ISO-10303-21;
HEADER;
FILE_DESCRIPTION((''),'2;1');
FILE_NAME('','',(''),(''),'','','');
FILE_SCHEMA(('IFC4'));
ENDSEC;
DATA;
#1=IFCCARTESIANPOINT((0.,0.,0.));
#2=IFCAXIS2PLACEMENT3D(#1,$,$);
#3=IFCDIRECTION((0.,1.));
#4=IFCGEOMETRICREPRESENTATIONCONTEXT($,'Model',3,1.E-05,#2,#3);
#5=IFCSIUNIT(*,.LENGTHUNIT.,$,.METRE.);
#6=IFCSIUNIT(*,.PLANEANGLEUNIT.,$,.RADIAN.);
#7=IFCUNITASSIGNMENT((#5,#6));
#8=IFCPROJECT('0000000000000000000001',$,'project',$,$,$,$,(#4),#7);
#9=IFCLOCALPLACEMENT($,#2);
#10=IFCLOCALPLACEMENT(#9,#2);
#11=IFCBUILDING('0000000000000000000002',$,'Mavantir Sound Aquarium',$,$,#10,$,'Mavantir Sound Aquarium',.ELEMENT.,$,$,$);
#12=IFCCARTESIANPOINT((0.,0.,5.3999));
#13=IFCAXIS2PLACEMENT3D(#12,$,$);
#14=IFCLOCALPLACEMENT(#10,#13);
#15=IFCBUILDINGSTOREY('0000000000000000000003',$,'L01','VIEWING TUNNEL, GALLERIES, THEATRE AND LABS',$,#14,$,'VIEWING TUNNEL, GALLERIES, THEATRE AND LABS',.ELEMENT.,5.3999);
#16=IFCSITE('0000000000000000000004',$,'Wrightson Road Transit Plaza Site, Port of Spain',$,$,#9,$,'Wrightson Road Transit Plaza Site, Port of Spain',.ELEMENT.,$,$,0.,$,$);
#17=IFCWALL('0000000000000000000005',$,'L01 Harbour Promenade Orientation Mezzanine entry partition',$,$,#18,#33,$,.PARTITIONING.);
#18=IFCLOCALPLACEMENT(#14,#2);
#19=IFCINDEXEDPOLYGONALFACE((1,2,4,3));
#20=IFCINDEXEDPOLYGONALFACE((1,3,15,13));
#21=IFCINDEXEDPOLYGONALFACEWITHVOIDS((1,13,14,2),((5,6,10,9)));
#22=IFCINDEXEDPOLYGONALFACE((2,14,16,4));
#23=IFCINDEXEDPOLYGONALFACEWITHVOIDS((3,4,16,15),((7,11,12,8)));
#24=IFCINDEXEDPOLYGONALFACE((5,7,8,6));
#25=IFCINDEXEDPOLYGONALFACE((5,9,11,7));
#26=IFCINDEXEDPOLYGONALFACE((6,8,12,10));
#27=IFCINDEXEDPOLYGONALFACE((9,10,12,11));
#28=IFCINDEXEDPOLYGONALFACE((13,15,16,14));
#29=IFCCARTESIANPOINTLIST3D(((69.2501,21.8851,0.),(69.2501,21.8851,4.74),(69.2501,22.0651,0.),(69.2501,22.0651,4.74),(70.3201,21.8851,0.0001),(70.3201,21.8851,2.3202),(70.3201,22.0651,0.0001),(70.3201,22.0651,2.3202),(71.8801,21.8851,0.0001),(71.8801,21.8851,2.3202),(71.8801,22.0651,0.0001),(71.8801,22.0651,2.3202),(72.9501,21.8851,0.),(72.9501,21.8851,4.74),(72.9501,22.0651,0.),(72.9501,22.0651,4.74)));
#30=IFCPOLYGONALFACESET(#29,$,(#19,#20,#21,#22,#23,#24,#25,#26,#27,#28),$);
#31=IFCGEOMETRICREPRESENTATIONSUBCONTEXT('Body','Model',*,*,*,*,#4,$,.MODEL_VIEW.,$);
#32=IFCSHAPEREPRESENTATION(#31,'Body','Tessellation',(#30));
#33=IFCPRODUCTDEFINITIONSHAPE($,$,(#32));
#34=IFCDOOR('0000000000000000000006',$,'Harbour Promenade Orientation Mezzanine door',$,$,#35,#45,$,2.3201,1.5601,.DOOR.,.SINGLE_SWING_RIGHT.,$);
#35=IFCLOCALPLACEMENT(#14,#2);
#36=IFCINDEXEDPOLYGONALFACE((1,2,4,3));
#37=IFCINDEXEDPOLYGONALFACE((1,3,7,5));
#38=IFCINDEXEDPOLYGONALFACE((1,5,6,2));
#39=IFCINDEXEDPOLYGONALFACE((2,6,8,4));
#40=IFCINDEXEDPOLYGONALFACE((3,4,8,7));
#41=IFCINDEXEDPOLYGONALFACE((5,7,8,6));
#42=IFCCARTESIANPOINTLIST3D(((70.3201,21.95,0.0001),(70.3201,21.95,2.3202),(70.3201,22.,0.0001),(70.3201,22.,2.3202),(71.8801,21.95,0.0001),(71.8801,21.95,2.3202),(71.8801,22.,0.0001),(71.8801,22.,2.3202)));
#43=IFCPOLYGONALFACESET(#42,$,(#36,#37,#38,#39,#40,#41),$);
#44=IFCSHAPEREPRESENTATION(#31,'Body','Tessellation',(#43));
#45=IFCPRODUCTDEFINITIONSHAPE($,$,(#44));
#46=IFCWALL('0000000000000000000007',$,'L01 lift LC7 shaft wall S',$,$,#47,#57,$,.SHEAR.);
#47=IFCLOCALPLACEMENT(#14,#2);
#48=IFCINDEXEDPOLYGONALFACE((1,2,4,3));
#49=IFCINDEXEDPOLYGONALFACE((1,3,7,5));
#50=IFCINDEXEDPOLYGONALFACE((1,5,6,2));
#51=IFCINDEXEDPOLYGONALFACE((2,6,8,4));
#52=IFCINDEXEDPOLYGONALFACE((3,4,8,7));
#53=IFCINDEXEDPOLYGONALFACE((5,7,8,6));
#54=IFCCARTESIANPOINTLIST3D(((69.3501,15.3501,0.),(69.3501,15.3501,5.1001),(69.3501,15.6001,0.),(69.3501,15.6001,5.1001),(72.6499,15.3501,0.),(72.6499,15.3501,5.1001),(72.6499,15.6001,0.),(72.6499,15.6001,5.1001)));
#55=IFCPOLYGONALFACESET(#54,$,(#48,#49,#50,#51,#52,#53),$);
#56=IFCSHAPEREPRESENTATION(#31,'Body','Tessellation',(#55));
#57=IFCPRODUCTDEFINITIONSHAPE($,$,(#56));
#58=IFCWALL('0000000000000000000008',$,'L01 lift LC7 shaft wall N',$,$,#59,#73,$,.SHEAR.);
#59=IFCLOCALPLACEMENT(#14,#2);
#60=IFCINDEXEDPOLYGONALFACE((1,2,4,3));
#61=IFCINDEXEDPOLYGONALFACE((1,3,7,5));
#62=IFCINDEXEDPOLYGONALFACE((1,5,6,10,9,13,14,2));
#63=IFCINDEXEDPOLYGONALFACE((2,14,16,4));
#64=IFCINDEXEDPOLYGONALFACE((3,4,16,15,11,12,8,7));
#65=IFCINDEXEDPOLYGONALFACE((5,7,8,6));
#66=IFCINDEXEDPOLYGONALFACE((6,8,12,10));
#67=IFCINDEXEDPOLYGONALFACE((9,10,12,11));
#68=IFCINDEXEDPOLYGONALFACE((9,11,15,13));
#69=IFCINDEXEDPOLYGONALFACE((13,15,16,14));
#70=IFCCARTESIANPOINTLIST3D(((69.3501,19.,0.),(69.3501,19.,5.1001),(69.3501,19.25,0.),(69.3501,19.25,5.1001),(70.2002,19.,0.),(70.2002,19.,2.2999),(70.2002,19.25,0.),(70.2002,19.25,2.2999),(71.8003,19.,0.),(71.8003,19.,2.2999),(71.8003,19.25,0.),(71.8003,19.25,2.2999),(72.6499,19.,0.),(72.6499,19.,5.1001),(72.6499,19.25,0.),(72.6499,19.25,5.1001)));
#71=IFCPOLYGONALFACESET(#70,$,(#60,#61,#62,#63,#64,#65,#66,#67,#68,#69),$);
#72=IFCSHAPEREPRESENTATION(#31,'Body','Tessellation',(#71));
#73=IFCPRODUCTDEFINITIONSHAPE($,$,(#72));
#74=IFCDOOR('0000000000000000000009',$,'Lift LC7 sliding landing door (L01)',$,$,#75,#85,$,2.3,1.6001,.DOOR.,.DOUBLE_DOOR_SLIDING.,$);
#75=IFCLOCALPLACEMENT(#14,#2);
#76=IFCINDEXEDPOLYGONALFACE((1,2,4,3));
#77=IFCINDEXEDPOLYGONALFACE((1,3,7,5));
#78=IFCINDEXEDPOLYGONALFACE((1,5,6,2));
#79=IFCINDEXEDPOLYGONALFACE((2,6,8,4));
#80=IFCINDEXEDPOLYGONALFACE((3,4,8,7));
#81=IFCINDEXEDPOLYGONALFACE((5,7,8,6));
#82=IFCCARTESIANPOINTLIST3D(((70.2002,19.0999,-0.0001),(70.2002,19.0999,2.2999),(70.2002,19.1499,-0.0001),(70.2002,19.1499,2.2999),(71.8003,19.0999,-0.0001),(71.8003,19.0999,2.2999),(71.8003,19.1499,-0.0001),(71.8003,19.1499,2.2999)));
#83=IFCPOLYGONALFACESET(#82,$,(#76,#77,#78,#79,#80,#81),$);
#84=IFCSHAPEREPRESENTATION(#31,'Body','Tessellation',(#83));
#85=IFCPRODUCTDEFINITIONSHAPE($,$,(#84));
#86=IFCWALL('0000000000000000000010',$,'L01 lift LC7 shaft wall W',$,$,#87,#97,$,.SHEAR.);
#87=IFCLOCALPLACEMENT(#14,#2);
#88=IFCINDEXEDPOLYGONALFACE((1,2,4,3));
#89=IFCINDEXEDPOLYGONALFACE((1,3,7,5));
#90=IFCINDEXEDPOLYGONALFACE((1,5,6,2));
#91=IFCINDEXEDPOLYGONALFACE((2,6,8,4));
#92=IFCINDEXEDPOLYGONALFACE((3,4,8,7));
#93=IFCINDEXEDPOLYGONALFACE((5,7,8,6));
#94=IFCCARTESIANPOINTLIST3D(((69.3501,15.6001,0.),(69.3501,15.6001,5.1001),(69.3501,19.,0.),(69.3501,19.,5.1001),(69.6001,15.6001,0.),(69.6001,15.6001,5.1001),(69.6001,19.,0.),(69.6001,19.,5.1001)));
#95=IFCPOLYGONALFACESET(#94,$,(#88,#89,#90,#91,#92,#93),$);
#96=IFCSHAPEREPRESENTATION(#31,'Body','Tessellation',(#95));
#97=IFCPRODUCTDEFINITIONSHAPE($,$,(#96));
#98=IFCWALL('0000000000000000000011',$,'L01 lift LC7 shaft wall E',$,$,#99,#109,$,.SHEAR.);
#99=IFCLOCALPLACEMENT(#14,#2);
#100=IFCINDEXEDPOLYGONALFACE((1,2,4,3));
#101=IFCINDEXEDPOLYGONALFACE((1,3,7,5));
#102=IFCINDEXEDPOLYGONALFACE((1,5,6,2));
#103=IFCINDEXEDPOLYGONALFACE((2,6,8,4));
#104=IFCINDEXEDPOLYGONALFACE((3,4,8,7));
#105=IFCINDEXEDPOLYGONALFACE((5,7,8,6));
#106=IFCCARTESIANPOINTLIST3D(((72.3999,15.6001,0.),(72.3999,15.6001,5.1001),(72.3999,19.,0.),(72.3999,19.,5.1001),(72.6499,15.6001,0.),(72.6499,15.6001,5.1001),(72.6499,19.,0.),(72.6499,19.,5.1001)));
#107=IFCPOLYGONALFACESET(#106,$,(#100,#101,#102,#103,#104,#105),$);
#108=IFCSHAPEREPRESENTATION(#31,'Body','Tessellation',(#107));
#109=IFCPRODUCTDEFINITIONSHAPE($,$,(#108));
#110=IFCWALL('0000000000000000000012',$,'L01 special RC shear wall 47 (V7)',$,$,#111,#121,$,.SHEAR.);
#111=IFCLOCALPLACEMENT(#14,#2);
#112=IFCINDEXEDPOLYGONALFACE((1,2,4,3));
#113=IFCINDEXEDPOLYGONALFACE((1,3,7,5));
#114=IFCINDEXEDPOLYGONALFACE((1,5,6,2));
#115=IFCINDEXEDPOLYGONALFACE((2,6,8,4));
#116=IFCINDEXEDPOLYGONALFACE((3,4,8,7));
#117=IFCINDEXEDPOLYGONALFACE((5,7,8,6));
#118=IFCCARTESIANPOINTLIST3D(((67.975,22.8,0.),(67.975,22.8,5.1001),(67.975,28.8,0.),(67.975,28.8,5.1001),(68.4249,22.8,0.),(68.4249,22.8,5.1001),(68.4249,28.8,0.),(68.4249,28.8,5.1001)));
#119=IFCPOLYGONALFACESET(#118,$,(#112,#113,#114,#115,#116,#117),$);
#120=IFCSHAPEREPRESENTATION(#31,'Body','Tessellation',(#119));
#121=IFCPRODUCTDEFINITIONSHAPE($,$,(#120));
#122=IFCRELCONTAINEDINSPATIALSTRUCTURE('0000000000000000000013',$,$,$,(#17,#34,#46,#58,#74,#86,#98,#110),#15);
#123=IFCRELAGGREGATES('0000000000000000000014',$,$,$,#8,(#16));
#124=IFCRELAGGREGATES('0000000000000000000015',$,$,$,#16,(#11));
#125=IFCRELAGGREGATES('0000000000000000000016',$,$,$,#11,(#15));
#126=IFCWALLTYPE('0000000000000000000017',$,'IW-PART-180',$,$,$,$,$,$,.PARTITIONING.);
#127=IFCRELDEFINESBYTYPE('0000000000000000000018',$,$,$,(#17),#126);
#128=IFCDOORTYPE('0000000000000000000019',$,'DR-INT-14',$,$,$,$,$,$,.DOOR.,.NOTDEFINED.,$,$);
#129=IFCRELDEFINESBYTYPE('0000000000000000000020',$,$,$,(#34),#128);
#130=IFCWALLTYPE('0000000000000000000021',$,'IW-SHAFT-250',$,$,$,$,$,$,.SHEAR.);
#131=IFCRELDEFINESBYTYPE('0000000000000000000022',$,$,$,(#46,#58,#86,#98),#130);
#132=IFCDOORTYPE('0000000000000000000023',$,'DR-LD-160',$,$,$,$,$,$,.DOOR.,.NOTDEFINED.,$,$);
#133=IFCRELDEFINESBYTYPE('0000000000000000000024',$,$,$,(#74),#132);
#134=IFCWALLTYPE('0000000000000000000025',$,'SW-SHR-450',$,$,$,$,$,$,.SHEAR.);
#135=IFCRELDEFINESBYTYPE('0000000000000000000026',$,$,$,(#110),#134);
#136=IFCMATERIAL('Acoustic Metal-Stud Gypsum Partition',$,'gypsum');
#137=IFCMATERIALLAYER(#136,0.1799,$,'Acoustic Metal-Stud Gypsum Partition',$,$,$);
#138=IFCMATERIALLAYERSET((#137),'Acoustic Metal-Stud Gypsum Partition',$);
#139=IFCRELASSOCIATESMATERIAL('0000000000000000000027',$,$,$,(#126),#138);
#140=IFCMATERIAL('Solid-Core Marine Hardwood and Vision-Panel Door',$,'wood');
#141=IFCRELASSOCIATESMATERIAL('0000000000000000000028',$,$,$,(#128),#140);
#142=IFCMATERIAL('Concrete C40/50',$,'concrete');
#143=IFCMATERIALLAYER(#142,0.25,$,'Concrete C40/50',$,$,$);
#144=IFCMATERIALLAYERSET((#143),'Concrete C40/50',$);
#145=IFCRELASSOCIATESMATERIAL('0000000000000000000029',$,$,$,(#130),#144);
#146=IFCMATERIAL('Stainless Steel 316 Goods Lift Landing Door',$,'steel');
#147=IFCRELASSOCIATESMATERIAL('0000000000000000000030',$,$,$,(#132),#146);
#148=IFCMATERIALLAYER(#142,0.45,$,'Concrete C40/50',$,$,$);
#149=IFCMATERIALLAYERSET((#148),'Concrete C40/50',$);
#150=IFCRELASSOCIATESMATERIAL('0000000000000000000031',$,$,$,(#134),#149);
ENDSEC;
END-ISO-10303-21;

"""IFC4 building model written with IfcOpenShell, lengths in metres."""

from ifc_helpers import new_model, si_unit, direction, frame, frame_2d, origin, place, context, subcontext, project, spatial, rectangle, extrude, material, layer, layer_set, type_object, element, fill, save


model = new_model("IFC4")

# Units and contexts
model_context = context("Model", 3, precision=1e-05, world=origin(), true_north=direction((0.0, 1.0)))
body_context = subcontext(model_context, "Body", "Model", "MODEL_VIEW")
ifc_project = project(units=[si_unit("LENGTHUNIT", "METRE"), si_unit("PLANEANGLEUNIT", "RADIAN")], contexts=[model_context])

# Site, building, storey
site_placement = place(None, origin())
site = spatial("IfcSite", under=ifc_project, at=site_placement, Name="Wrightson Road Transit Plaza Site, Port of Spain", LongName="Wrightson Road Transit Plaza Site, Port of Spain", CompositionType="ELEMENT", RefElevation=0.0)
building_placement = place(site_placement, origin())
building = spatial("IfcBuilding", under=site, at=building_placement, Name="Mavantir Sound Aquarium", LongName="Mavantir Sound Aquarium", CompositionType="ELEMENT")
storey_placement = place(building_placement, frame((0.0, 0.0, 5.3999)))
storey = spatial("IfcBuildingStorey", under=building, at=storey_placement, Name="L01", Description="VIEWING TUNNEL, GALLERIES, THEATRE AND LABS", LongName="VIEWING TUNNEL, GALLERIES, THEATRE AND LABS", CompositionType="ELEMENT", Elevation=5.3999)

# Shared definitions
ifc_material_1 = material(Name="Concrete C40/50", Category="concrete")

# Wall, opening, door
ifc_material_2 = material(Name="Acoustic Metal-Stud Gypsum Partition", Category="gypsum")
ifc_layer_1 = layer(ifc_material_2, 0.1799, Name="Acoustic Metal-Stud Gypsum Partition")
ifc_layer_set_1 = layer_set([ifc_layer_1], Name="Acoustic Metal-Stud Gypsum Partition")
wall_type_1 = type_object("IfcWallType", Name="IW-PART-180", PredefinedType="PARTITIONING", material=ifc_layer_set_1)
wall_1_placement = place(storey_placement, frame((69.25, 21.9751, 0.0), z_axis=(0.0, 0.0, 1.0), x_axis=(1.0, 0.0, 0.0)))
wall_1 = element("IfcWall", 1, at=wall_1_placement, inside=storey, type_object=wall_type_1, Name="L01 Harbour Promenade Orientation Mezzanine entry partition", PredefinedType="PARTITIONING", context=body_context, shape_type="SweptSolid", body=[
    extrude(rectangle(XDim=3.7, YDim=0.1799, at=frame_2d((1.8501, 0.0))), origin(), (0.0, 0.0, 1.0), 4.74),
])
opening_1_placement = place(wall_1_placement, frame((1.0701, 0.0, 0.0)))
opening_1 = element("IfcOpeningElement", 2, at=opening_1_placement, cuts=wall_1, PredefinedType="OPENING", context=body_context, shape_type="SweptSolid", body=[
    extrude(rectangle(XDim=1.5601, YDim=2.3201, at=frame_2d((0.78, 1.1602))), frame((0.0, 0.1001, 0.0), z_axis=(0.0, -1.0, 0.0), x_axis=(1.0, 0.0, 0.0)), (0.0, 0.0, 1.0), 0.2),
])
ifc_material_3 = material(Name="Solid-Core Marine Hardwood and Vision-Panel Door", Category="wood")
door_type_1 = type_object("IfcDoorType", Name="DR-INT-14", OperationType="NOTDEFINED", PredefinedType="DOOR", material=ifc_material_3)
door_1_placement = place(opening_1_placement, origin())
door_1 = element("IfcDoor", 3, at=door_1_placement, inside=storey, type_object=door_type_1, Name="Harbour Promenade Orientation Mezzanine door", OperationType="SINGLE_SWING_RIGHT", OverallHeight=2.3201, OverallWidth=1.5601, PredefinedType="DOOR", context=body_context, shape_type="SweptSolid", body=[
    extrude(rectangle(XDim=1.5601, YDim=2.3201, at=frame_2d((0.78, 1.1602))), frame((0.0, 0.0249, 0.0), z_axis=(0.0, -1.0, 0.0), x_axis=(1.0, 0.0, 0.0)), (0.0, 0.0, 1.0), 0.05),
])
fill(opening_1, door_1)

# Wall
ifc_layer_2 = layer(ifc_material_1, 0.25, Name="Concrete C40/50")
ifc_layer_set_2 = layer_set([ifc_layer_2], Name="Concrete C40/50")
wall_type_2 = type_object("IfcWallType", Name="IW-SHAFT-250", PredefinedType="SHEAR", material=ifc_layer_set_2)
wall_2_placement = place(storey_placement, frame((69.3501, 15.4751, 0.0), z_axis=(0.0, 0.0, 1.0), x_axis=(1.0, 0.0, 0.0)))
element("IfcWall", 4, at=wall_2_placement, inside=storey, type_object=wall_type_2, Name="L01 lift LC7 shaft wall S", PredefinedType="SHEAR", context=body_context, shape_type="SweptSolid", body=[
    extrude(rectangle(XDim=3.2998, YDim=0.25, at=frame_2d((1.6499, 0.0))), origin(), (0.0, 0.0, 1.0), 5.1001),
])

# Wall, opening, door
wall_3_placement = place(storey_placement, frame((69.3501, 19.125, 0.0), z_axis=(0.0, 0.0, 1.0), x_axis=(1.0, 0.0, 0.0)))
wall_3 = element("IfcWall", 5, at=wall_3_placement, inside=storey, type_object=wall_type_2, Name="L01 lift LC7 shaft wall N", PredefinedType="SHEAR", context=body_context, shape_type="SweptSolid", body=[
    extrude(rectangle(XDim=3.2998, YDim=0.25, at=frame_2d((1.6499, 0.0))), origin(), (0.0, 0.0, 1.0), 5.1001),
])
opening_2_placement = place(wall_3_placement, frame((0.8501, 0.0, 0.0)))
opening_2 = element("IfcOpeningElement", 6, at=opening_2_placement, cuts=wall_3, PredefinedType="OPENING", context=body_context, shape_type="SweptSolid", body=[
    extrude(rectangle(XDim=1.6001, YDim=2.3, at=frame_2d((0.8, 1.1499))), frame((0.0, 0.135, 0.0), z_axis=(0.0, -1.0, 0.0), x_axis=(1.0, 0.0, 0.0)), (0.0, 0.0, 1.0), 0.27),
])
ifc_material_4 = material(Name="Stainless Steel 316 Goods Lift Landing Door", Category="steel")
door_type_2 = type_object("IfcDoorType", Name="DR-LD-160", OperationType="NOTDEFINED", PredefinedType="DOOR", material=ifc_material_4)
door_2_placement = place(opening_2_placement, origin())
door_2 = element("IfcDoor", 7, at=door_2_placement, inside=storey, type_object=door_type_2, Name="Lift LC7 sliding landing door (L01)", OperationType="DOUBLE_DOOR_SLIDING", OverallHeight=2.3, OverallWidth=1.6001, PredefinedType="DOOR", context=body_context, shape_type="SweptSolid", body=[
    extrude(rectangle(XDim=1.6001, YDim=2.3, at=frame_2d((0.8, 1.1499))), frame((0.0, 0.0249, 0.0), z_axis=(0.0, -1.0, 0.0), x_axis=(1.0, 0.0, 0.0)), (0.0, 0.0, 1.0), 0.05),
])
fill(opening_2, door_2)

# Walls
for number, where, z_axis, x_axis, name in (
    (8, (69.4751, 15.6001, 0.0), (0.0, 0.0, 1.0), (0.0, 1.0, 0.0), "L01 lift LC7 shaft wall W"),
    (9, (72.5249, 15.6001, 0.0), (0.0, 0.0, 1.0), (0.0, 1.0, 0.0), "L01 lift LC7 shaft wall E"),
):
    element("IfcWall", number, at=place(storey_placement, frame(where, z_axis=z_axis, x_axis=x_axis)), inside=storey, type_object=wall_type_2, Name=name, PredefinedType="SHEAR", context=body_context, shape_type="SweptSolid", body=[
        extrude(rectangle(XDim=3.3999, YDim=0.25, at=frame_2d((1.7, 0.0))), origin(), (0.0, 0.0, 1.0), 5.1001),
    ])
ifc_layer_3 = layer(ifc_material_1, 0.45, Name="Concrete C40/50")
ifc_layer_set_3 = layer_set([ifc_layer_3], Name="Concrete C40/50")
wall_type_3 = type_object("IfcWallType", Name="SW-SHR-450", PredefinedType="SHEAR", material=ifc_layer_set_3)
wall_4_placement = place(storey_placement, frame((68.2, 22.8, 0.0), z_axis=(0.0, 0.0, 1.0), x_axis=(0.0, 1.0, 0.0)))
element("IfcWall", 10, at=wall_4_placement, inside=storey, type_object=wall_type_3, Name="L01 special RC shear wall 47 (V7)", PredefinedType="SHEAR", context=body_context, shape_type="SweptSolid", body=[
    extrude(rectangle(XDim=6.0, YDim=0.45, at=frame_2d((3.0, 0.0))), origin(), (0.0, 0.0, 1.0), 5.1001),
])

save(model, "model.ifc")
